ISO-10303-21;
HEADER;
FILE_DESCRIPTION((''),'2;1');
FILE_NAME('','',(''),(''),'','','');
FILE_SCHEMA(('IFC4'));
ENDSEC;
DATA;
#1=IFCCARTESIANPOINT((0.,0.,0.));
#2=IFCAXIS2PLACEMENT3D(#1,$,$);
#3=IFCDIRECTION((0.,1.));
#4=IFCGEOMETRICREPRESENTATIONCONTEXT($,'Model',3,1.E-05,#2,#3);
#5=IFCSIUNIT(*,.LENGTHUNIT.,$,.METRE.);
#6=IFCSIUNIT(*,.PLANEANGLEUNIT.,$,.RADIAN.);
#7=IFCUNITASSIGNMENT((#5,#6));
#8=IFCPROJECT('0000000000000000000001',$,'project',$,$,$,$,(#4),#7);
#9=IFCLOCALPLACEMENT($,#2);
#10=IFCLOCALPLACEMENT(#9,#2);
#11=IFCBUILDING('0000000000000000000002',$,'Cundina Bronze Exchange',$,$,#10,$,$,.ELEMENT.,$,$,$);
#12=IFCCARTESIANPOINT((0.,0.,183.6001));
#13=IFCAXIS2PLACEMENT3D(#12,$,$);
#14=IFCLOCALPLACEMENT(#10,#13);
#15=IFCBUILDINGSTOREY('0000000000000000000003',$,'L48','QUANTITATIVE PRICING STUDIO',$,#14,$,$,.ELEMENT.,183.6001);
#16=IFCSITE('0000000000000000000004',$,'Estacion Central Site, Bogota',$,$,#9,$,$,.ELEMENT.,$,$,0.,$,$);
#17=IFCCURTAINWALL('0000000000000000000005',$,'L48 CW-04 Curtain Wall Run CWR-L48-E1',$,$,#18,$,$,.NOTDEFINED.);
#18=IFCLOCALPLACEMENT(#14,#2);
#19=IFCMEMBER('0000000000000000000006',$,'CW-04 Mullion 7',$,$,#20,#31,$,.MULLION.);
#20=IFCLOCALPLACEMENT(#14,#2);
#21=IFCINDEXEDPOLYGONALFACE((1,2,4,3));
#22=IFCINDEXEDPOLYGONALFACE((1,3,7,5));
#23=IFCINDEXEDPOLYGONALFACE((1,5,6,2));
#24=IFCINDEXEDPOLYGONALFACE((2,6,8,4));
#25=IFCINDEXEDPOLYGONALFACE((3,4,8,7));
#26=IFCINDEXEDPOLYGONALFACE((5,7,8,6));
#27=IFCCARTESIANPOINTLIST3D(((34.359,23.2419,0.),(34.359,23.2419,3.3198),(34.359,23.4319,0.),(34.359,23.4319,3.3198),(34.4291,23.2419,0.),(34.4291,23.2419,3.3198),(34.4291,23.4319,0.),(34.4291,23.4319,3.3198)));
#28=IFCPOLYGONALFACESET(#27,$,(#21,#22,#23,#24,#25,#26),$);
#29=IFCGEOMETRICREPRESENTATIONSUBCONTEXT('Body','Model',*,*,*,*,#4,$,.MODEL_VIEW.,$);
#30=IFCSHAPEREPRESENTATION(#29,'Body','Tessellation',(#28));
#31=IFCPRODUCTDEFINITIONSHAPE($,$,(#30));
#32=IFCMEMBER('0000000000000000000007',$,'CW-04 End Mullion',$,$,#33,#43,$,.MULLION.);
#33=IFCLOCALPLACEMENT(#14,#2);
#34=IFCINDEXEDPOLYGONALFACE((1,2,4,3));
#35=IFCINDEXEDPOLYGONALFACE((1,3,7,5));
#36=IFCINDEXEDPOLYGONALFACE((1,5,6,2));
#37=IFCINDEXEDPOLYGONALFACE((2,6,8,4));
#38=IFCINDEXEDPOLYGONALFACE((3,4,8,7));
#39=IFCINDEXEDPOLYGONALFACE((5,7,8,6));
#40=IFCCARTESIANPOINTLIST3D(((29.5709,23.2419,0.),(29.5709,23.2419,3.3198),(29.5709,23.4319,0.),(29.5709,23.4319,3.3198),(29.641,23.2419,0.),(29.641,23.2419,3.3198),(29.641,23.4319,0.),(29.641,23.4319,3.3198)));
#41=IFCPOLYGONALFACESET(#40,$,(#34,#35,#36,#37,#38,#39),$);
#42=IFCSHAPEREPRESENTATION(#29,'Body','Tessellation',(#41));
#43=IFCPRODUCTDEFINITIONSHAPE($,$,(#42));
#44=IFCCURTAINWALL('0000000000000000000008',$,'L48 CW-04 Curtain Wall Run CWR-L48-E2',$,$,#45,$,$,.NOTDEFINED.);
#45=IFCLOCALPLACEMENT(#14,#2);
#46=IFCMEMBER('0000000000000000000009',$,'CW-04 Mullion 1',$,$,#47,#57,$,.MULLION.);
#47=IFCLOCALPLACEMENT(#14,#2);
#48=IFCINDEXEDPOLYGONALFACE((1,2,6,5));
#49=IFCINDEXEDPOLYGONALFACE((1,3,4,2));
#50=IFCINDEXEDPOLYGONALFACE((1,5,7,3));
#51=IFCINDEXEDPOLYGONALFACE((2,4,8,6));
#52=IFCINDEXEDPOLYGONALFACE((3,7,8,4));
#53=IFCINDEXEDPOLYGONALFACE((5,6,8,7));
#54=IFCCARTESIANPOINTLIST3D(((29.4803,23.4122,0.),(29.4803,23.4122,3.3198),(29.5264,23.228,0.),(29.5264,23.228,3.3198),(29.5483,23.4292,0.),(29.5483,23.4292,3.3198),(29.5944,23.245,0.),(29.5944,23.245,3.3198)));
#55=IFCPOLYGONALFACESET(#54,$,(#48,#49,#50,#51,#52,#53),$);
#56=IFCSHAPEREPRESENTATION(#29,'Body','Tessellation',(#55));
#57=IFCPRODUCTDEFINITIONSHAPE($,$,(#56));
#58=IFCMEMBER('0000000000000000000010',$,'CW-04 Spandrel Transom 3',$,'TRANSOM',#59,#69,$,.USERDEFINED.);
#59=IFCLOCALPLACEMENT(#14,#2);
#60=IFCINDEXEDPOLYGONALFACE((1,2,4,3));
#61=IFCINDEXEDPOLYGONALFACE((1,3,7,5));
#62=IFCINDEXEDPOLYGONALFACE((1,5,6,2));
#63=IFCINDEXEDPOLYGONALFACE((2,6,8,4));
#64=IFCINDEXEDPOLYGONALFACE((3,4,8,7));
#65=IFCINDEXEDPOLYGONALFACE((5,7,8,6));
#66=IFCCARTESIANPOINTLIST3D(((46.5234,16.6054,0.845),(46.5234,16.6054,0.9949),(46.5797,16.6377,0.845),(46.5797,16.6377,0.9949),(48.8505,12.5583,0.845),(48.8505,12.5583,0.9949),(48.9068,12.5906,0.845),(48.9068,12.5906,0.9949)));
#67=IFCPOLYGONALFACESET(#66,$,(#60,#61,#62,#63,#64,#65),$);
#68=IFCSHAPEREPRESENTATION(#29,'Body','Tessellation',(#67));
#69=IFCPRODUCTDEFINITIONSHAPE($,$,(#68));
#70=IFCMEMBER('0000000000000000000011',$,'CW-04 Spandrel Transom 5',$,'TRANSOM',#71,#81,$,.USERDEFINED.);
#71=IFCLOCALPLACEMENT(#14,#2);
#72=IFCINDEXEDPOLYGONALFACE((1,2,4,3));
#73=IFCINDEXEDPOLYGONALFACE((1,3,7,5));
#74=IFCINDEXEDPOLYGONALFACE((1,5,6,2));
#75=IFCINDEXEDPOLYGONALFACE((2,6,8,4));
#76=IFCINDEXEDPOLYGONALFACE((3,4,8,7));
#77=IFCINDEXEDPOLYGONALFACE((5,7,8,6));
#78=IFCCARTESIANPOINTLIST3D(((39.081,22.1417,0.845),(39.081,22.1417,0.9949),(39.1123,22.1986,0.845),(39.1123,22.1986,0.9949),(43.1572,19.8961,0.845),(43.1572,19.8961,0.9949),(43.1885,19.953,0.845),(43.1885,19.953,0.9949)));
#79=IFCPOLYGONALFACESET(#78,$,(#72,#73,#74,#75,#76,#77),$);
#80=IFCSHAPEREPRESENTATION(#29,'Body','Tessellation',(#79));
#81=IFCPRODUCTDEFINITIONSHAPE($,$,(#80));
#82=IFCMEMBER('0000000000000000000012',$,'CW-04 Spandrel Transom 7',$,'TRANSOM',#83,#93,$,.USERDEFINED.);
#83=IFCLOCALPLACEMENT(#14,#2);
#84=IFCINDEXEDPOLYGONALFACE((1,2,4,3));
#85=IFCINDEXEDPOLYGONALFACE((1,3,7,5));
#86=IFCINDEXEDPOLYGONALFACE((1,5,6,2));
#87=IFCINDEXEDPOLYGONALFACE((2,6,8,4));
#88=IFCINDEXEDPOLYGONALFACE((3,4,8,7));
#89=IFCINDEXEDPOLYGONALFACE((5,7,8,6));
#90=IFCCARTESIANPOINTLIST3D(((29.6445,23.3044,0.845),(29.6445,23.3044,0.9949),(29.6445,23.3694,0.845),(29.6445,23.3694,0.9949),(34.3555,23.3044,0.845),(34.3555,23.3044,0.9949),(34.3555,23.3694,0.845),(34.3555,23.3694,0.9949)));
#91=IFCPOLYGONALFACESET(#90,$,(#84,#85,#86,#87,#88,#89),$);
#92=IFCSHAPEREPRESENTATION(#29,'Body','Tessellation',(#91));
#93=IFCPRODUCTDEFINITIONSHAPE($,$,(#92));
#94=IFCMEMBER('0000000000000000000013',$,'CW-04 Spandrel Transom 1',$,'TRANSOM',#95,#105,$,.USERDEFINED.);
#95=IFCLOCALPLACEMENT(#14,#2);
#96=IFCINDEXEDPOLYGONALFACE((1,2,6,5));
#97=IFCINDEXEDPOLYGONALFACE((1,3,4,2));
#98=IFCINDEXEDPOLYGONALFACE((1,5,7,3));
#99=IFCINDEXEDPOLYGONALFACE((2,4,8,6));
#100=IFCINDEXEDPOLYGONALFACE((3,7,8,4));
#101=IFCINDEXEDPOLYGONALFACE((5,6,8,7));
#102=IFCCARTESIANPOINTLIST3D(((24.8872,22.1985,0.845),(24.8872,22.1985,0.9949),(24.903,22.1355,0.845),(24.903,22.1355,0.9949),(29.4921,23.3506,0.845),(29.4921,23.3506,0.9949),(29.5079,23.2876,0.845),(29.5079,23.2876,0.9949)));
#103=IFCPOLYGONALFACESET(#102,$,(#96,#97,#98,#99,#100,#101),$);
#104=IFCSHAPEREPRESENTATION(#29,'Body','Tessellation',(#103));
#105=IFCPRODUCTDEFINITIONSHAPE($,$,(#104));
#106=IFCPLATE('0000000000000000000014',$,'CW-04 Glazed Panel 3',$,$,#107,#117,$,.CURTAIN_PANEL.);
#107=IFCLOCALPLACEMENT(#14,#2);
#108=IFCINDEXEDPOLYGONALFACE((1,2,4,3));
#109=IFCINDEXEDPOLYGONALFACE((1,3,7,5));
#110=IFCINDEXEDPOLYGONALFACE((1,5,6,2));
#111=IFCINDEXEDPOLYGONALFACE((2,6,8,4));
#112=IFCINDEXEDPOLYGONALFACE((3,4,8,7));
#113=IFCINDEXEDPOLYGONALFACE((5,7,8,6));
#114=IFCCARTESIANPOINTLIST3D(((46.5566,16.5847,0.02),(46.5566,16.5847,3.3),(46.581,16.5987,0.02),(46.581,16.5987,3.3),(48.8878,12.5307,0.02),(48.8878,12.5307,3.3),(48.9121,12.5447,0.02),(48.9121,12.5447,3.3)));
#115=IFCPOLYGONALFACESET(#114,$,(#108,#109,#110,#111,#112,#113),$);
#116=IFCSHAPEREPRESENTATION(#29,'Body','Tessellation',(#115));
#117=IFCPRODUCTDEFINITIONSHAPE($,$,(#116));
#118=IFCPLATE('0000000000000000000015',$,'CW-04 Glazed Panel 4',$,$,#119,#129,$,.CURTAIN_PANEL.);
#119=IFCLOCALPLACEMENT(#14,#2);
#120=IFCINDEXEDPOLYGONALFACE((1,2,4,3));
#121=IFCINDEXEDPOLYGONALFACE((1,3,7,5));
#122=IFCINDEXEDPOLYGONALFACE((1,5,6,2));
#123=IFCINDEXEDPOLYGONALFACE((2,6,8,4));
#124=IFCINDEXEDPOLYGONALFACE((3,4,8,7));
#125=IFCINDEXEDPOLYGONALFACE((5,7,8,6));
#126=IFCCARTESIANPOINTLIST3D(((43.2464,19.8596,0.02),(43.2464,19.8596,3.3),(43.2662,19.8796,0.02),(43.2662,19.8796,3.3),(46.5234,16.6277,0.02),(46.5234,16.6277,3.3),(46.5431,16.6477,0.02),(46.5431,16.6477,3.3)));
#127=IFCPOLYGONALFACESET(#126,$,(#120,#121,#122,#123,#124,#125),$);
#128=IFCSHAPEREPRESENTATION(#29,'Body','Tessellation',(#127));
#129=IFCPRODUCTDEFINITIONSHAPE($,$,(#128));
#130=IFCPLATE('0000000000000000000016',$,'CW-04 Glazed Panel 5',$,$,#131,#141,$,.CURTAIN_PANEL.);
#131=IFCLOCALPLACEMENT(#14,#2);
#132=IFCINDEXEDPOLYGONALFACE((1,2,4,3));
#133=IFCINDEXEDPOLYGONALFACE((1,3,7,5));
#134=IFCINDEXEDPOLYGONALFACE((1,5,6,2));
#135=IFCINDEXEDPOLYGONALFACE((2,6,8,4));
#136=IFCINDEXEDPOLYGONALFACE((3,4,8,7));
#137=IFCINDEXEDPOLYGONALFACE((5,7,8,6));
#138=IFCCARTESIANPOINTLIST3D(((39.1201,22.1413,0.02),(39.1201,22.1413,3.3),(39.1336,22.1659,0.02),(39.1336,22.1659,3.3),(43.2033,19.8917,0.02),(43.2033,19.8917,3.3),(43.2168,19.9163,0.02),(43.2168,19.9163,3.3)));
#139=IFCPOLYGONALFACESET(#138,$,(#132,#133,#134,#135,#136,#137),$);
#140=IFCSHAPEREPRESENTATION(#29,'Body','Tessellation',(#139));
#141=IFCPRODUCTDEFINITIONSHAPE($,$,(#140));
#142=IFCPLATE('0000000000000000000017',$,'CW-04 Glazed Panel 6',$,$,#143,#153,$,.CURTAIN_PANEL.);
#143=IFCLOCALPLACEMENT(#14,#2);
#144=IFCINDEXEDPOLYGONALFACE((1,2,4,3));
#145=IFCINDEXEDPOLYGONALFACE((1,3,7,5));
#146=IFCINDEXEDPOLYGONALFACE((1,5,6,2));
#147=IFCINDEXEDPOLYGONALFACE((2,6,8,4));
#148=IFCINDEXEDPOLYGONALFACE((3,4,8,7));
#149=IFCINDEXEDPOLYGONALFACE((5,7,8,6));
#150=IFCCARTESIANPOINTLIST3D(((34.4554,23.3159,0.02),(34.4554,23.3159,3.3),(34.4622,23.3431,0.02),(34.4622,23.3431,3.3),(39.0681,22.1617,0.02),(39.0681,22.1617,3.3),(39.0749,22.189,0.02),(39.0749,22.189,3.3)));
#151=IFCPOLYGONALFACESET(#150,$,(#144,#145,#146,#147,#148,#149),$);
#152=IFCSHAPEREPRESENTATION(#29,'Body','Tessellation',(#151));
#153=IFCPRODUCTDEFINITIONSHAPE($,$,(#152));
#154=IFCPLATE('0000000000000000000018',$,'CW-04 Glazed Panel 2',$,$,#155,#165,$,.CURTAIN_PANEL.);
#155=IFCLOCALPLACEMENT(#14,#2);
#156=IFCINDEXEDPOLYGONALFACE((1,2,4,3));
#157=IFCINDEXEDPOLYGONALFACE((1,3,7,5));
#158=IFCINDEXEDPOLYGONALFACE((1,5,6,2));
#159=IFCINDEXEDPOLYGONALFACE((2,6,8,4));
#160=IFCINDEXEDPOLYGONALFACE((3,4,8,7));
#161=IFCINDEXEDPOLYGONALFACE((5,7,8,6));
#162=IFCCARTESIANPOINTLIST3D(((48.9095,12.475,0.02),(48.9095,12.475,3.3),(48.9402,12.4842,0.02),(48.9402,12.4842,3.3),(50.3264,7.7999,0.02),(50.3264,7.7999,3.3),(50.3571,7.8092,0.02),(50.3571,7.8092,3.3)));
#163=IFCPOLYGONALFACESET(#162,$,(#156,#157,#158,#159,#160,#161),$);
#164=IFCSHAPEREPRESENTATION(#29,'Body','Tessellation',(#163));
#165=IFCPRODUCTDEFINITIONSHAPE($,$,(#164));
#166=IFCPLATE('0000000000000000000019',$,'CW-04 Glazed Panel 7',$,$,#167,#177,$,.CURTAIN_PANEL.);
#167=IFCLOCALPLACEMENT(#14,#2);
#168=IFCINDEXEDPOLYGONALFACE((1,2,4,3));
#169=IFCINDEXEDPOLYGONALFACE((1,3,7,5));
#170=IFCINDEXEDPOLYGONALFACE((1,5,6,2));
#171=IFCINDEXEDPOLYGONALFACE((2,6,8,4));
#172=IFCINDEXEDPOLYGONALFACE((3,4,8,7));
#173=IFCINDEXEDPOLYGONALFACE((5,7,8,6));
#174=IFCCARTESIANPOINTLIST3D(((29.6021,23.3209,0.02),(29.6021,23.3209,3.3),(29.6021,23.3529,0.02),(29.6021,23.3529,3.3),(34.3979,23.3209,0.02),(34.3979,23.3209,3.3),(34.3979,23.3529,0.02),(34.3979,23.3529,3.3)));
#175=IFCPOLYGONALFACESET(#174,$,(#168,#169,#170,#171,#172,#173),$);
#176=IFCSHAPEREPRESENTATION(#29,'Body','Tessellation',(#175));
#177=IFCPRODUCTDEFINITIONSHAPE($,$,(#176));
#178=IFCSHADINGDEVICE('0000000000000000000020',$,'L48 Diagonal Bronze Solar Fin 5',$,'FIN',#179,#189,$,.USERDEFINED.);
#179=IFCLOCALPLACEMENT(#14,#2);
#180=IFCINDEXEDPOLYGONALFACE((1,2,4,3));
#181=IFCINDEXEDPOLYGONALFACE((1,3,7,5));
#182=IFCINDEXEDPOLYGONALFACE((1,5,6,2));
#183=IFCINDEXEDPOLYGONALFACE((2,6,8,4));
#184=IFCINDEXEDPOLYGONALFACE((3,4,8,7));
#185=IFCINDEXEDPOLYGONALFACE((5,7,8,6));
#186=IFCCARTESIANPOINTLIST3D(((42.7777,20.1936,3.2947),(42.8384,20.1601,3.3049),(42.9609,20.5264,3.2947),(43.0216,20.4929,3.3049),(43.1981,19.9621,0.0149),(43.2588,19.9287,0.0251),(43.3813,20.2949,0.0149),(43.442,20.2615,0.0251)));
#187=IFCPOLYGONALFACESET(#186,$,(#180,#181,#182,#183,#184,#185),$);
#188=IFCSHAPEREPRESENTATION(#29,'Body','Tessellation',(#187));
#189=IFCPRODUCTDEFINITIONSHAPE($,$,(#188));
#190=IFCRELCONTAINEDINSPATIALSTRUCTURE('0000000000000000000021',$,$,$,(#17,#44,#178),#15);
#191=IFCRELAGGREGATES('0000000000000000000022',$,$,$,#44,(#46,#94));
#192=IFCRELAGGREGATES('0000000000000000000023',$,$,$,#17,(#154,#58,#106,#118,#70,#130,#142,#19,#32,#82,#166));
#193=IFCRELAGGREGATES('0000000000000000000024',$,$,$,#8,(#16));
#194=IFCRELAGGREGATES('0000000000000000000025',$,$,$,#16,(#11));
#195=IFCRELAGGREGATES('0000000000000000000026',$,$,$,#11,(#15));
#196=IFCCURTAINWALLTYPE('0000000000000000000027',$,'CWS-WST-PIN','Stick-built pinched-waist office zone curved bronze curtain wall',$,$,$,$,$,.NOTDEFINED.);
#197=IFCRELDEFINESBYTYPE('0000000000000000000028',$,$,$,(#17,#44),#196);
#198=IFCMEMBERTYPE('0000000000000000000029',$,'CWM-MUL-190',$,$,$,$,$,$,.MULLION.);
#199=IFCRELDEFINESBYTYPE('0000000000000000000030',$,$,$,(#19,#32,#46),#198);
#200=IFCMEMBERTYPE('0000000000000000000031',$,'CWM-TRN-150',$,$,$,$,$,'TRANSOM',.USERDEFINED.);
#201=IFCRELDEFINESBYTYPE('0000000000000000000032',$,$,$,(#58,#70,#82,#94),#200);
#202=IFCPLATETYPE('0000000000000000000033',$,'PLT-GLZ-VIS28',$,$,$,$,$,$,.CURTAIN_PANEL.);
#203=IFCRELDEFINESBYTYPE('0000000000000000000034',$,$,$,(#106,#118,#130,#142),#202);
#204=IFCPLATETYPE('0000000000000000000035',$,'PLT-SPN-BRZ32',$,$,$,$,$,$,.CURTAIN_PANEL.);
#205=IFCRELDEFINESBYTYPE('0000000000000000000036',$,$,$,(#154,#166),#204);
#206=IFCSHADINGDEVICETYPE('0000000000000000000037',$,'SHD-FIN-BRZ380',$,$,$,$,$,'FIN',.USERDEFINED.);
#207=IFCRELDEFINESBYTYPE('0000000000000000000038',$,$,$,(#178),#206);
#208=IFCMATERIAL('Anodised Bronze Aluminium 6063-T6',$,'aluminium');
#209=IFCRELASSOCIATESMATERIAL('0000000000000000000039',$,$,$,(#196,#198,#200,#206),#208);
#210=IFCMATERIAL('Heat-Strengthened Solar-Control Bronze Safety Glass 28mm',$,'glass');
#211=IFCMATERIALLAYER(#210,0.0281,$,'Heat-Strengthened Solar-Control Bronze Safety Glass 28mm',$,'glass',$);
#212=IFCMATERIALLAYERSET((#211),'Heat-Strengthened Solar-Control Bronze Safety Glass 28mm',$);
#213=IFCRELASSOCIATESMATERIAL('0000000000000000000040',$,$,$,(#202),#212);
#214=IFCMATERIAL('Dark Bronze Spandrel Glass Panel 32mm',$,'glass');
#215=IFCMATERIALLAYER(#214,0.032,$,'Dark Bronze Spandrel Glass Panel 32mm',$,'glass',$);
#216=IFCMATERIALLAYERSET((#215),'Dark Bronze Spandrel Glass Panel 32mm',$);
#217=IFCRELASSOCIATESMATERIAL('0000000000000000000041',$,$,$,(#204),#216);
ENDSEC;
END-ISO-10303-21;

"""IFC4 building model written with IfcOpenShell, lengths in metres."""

from ifc_helpers import new_model, si_unit, direction, frame, origin, origin_2d, place, context, subcontext, project, spatial, rectangle, extrude, material, layer, layer_set, material_profile, profile_set, type_object, element, aggregate, save


model = new_model("IFC4")

# Units and contexts
model_context = context("Model", 3, precision=1e-05, world=origin(), true_north=direction((0.0, 1.0)))
body_context = subcontext(model_context, "Body", "Model", "MODEL_VIEW")
ifc_project = project(units=[si_unit("LENGTHUNIT", "METRE"), si_unit("PLANEANGLEUNIT", "RADIAN")], contexts=[model_context])

# Site, building, storey
site_placement = place(None, origin())
site = spatial("IfcSite", under=ifc_project, at=site_placement, Name="Estacion Central Site, Bogota", CompositionType="ELEMENT", RefElevation=0.0)
building_placement = place(site_placement, origin())
building = spatial("IfcBuilding", under=site, at=building_placement, Name="Cundina Bronze Exchange", CompositionType="ELEMENT")
storey_placement = place(building_placement, frame((0.0, 0.0, 183.6001)))
storey = spatial("IfcBuildingStorey", under=building, at=storey_placement, Name="L48", Description="QUANTITATIVE PRICING STUDIO", CompositionType="ELEMENT", Elevation=183.6001)

# Curtain wall, members
ifc_material_1 = material(Name="Anodised Bronze Aluminium 6063-T6", Category="aluminium")
curtain_wall_type = type_object("IfcCurtainWallType", Name="CWS-WST-PIN", Description="Stick-built pinched-waist office zone curved bronze curtain wall", PredefinedType="NOTDEFINED", material=ifc_material_1)
curtain_wall_1_placement = place(storey_placement, origin())
curtain_wall_1 = element("IfcCurtainWall", 1, at=curtain_wall_1_placement, inside=storey, type_object=curtain_wall_type, Name="L48 CW-04 Curtain Wall Run CWR-L48-E1", PredefinedType="NOTDEFINED")
ifc_material_profile_1 = material_profile(ifc_material_1, rectangle(XDim=0.0701, YDim=0.1899, at=origin_2d()), Name="AL70X190", Category="aluminium")
ifc_profile_set_1 = profile_set([ifc_material_profile_1], Name="Anodised Bronze Aluminium 6063-T6")
member_type_1 = type_object("IfcMemberType", Name="CWM-MUL-190", PredefinedType="MULLION", material=ifc_profile_set_1)
member_1_placement = place(storey_placement, frame((34.394, 23.3369, 0.0), z_axis=(0.0, 0.0, 1.0), x_axis=(-1.0, 0.0, 0.0)))
member_1 = element("IfcMember", 2, at=member_1_placement, type_object=member_type_1, Name="CW-04 Mullion 7", PredefinedType="MULLION", context=body_context, shape_type="SweptSolid", body=[
    extrude(rectangle(XDim=0.0701, YDim=0.1899, at=origin_2d()), origin(), (0.0, 0.0, 1.0), 3.3198),
])
member_2_placement = place(storey_placement, frame((29.606, 23.3369, 0.0), z_axis=(0.0, 0.0, 1.0), x_axis=(-1.0, 0.0, 0.0)))
member_2 = element("IfcMember", 3, at=member_2_placement, type_object=member_type_1, Name="CW-04 End Mullion", PredefinedType="MULLION", context=body_context, shape_type="SweptSolid", body=[
    extrude(rectangle(XDim=0.0701, YDim=0.1899, at=origin_2d()), origin(), (0.0, 0.0, 1.0), 3.3198),
])

# Curtain wall, member
curtain_wall_2_placement = place(storey_placement, origin())
curtain_wall_2 = element("IfcCurtainWall", 4, at=curtain_wall_2_placement, inside=storey, type_object=curtain_wall_type, Name="L48 CW-04 Curtain Wall Run CWR-L48-E2", PredefinedType="NOTDEFINED")
member_3_placement = place(storey_placement, frame((29.5374, 23.3286, 0.0), z_axis=(0.0, 0.0, 1.0), x_axis=(-0.970084, -0.242769, 0.0)))
member_3 = element("IfcMember", 5, at=member_3_placement, type_object=member_type_1, Name="CW-04 Mullion 1", PredefinedType="MULLION", context=body_context, shape_type="SweptSolid", body=[
    extrude(rectangle(XDim=0.0701, YDim=0.1899, at=origin_2d()), origin(), (0.0, 0.0, 1.0), 3.3198),
])

# Members
ifc_material_profile_2 = material_profile(ifc_material_1, rectangle(XDim=0.0649, YDim=0.1499, at=origin_2d()), Name="AL65X150", Category="aluminium")
ifc_profile_set_2 = profile_set([ifc_material_profile_2], Name="Anodised Bronze Aluminium 6063-T6")
member_type_2 = type_object("IfcMemberType", Name="CWM-TRN-150", ElementType="TRANSOM", PredefinedType="USERDEFINED", material=ifc_profile_set_2)
member_4_placement = place(storey_placement, frame((48.8787, 12.5745, 0.9199), z_axis=(-0.49848, 0.866901, 0.0), x_axis=(-0.866901, -0.49848, 0.0)))
member_4 = element("IfcMember", 6, at=member_4_placement, type_object=member_type_2, Name="CW-04 Spandrel Transom 3", ObjectType="TRANSOM", PredefinedType="USERDEFINED", context=body_context, shape_type="SweptSolid", body=[
    extrude(rectangle(XDim=0.0649, YDim=0.1499, at=origin_2d()), origin(), (0.0, 0.0, 1.0), 4.6685),
])
member_5_placement = place(storey_placement, frame((43.1729, 19.9246, 0.9199), z_axis=(-0.875879, 0.482531, 0.0), x_axis=(-0.482531, -0.875879, 0.0)))
member_5 = element("IfcMember", 7, at=member_5_placement, type_object=member_type_2, Name="CW-04 Spandrel Transom 5", ObjectType="TRANSOM", PredefinedType="USERDEFINED", context=body_context, shape_type="SweptSolid", body=[
    extrude(rectangle(XDim=0.0649, YDim=0.1499, at=origin_2d()), origin(), (0.0, 0.0, 1.0), 4.6538),
])
member_6_placement = place(storey_placement, frame((34.3555, 23.3369, 0.9199), z_axis=(-1.0, 0.0, 0.0), x_axis=(0.0, -1.0, 0.0)))
member_6 = element("IfcMember", 8, at=member_6_placement, type_object=member_type_2, Name="CW-04 Spandrel Transom 7", ObjectType="TRANSOM", PredefinedType="USERDEFINED", context=body_context, shape_type="SweptSolid", body=[
    extrude(rectangle(XDim=0.0649, YDim=0.1499, at=origin_2d()), origin(), (0.0, 0.0, 1.0), 4.7109),
])
member_7_placement = place(storey_placement, frame((29.5, 23.3191, 0.9199), z_axis=(-0.9701, -0.242705, 0.0), x_axis=(0.242705, -0.9701, 0.0)))
member_7 = element("IfcMember", 9, at=member_7_placement, type_object=member_type_2, Name="CW-04 Spandrel Transom 1", ObjectType="TRANSOM", PredefinedType="USERDEFINED", context=body_context, shape_type="SweptSolid", body=[
    extrude(rectangle(XDim=0.0649, YDim=0.1499, at=origin_2d()), origin(), (0.0, 0.0, 1.0), 4.7468),
])
aggregate(curtain_wall_2, [member_3, member_7])

# Plates
ifc_material_2 = material(Name="Heat-Strengthened Solar-Control Bronze Safety Glass 28mm", Category="glass")
ifc_layer_1 = layer(ifc_material_2, 0.0281, Name="Heat-Strengthened Solar-Control Bronze Safety Glass 28mm", Category="glass")
ifc_layer_set_1 = layer_set([ifc_layer_1], Name="Heat-Strengthened Solar-Control Bronze Safety Glass 28mm")
plate_type_1 = type_object("IfcPlateType", Name="PLT-GLZ-VIS28", PredefinedType="CURTAIN_PANEL", material=ifc_layer_set_1)
plate_1_placement = place(storey_placement, frame((47.7344, 14.5647, 0.02), z_axis=(0.0, 0.0, 1.0), x_axis=(-0.498488, 0.866897, 0.0)))
plate_1 = element("IfcPlate", 10, at=plate_1_placement, type_object=plate_type_1, Name="CW-04 Glazed Panel 3", PredefinedType="CURTAIN_PANEL", context=body_context, shape_type="SweptSolid", body=[
    extrude(rectangle(XDim=4.6765, YDim=0.0281, at=origin_2d()), origin(), (0.0, 0.0, 1.0), 3.28),
])
plate_2_placement = place(storey_placement, frame((44.8948, 18.2537, 0.02), z_axis=(0.0, 0.0, 1.0), x_axis=(-0.711989, 0.70219, 0.0)))
plate_2 = element("IfcPlate", 11, at=plate_2_placement, type_object=plate_type_1, Name="CW-04 Glazed Panel 4", PredefinedType="CURTAIN_PANEL", context=body_context, shape_type="SweptSolid", body=[
    extrude(rectangle(XDim=4.6025, YDim=0.0281, at=origin_2d()), origin(), (0.0, 0.0, 1.0), 3.28),
])
plate_3_placement = place(storey_placement, frame((41.1685, 21.0288, 0.02), z_axis=(0.0, 0.0, 1.0), x_axis=(-0.875869, 0.482549, 0.0)))
plate_3 = element("IfcPlate", 12, at=plate_3_placement, type_object=plate_type_1, Name="CW-04 Glazed Panel 5", PredefinedType="CURTAIN_PANEL", context=body_context, shape_type="SweptSolid", body=[
    extrude(rectangle(XDim=4.6619, YDim=0.0281, at=origin_2d()), origin(), (0.0, 0.0, 1.0), 3.28),
])
plate_4_placement = place(storey_placement, frame((36.7651, 22.7524, 0.02), z_axis=(0.0, 0.0, 1.0), x_axis=(-0.970093, 0.242735, 0.0)))
plate_4 = element("IfcPlate", 13, at=plate_4_placement, type_object=plate_type_1, Name="CW-04 Glazed Panel 6", PredefinedType="CURTAIN_PANEL", context=body_context, shape_type="SweptSolid", body=[
    extrude(rectangle(XDim=4.7549, YDim=0.0281, at=origin_2d()), origin(), (0.0, 0.0, 1.0), 3.28),
])
ifc_material_3 = material(Name="Dark Bronze Spandrel Glass Panel 32mm", Category="glass")
ifc_layer_2 = layer(ifc_material_3, 0.032, Name="Dark Bronze Spandrel Glass Panel 32mm", Category="glass")
ifc_layer_set_2 = layer_set([ifc_layer_2], Name="Dark Bronze Spandrel Glass Panel 32mm")
plate_type_2 = type_object("IfcPlateType", Name="PLT-SPN-BRZ32", PredefinedType="CURTAIN_PANEL", material=ifc_layer_set_2)
plate_5_placement = place(storey_placement, frame((49.6333, 10.1421, 0.02), z_axis=(0.0, 0.0, 1.0), x_axis=(-0.290051, 0.957011, 0.0)))
plate_5 = element("IfcPlate", 14, at=plate_5_placement, type_object=plate_type_2, Name="CW-04 Glazed Panel 2", PredefinedType="CURTAIN_PANEL", context=body_context, shape_type="SweptSolid", body=[
    extrude(rectangle(XDim=4.885, YDim=0.032, at=origin_2d()), origin(), (0.0, 0.0, 1.0), 3.28),
])
plate_6_placement = place(storey_placement, frame((32.0, 23.3369, 0.02), z_axis=(0.0, 0.0, 1.0), x_axis=(-1.0, 0.0, 0.0)))
plate_6 = element("IfcPlate", 15, at=plate_6_placement, type_object=plate_type_2, Name="CW-04 Glazed Panel 7", PredefinedType="CURTAIN_PANEL", context=body_context, shape_type="SweptSolid", body=[
    extrude(rectangle(XDim=4.7959, YDim=0.032, at=origin_2d()), origin(), (0.0, 0.0, 1.0), 3.28),
])
aggregate(curtain_wall_1, [plate_5, member_4, plate_1, plate_2, member_5, plate_3, plate_4, member_1, member_2, member_6, plate_6])

# Shading device
ifc_material_profile_3 = material_profile(ifc_material_1, rectangle(XDim=0.0701, YDim=0.3799, at=origin_2d()), Name="FIN70X380", Category="aluminium")
ifc_profile_set_3 = profile_set([ifc_material_profile_3], Name="Anodised Bronze Aluminium 6063-T6")
shading_device_type = type_object("IfcShadingDeviceType", Name="SHD-FIN-BRZ380", ElementType="FIN", PredefinedType="USERDEFINED", material=ifc_profile_set_3)
for number, where, z_axis, x_axis, name in (
    (16, (43.3201, 20.1118, 0.02), (-0.126832, 0.069824, 0.989464), (0.866792, -0.477189, 0.144781), "L48 Diagonal Bronze Solar Fin 5"),
):
    element("IfcShadingDevice", number, at=place(storey_placement, frame(where, z_axis=z_axis, x_axis=x_axis)), inside=storey, type_object=shading_device_type, Name=name, ObjectType="FIN", PredefinedType="USERDEFINED", context=body_context, shape_type="SweptSolid", body=[
        extrude(rectangle(XDim=0.0701, YDim=0.3799, at=origin_2d()), origin(), (0.0, 0.0, 1.0), 3.3147),
    ])

save(model, "model.ifc")
